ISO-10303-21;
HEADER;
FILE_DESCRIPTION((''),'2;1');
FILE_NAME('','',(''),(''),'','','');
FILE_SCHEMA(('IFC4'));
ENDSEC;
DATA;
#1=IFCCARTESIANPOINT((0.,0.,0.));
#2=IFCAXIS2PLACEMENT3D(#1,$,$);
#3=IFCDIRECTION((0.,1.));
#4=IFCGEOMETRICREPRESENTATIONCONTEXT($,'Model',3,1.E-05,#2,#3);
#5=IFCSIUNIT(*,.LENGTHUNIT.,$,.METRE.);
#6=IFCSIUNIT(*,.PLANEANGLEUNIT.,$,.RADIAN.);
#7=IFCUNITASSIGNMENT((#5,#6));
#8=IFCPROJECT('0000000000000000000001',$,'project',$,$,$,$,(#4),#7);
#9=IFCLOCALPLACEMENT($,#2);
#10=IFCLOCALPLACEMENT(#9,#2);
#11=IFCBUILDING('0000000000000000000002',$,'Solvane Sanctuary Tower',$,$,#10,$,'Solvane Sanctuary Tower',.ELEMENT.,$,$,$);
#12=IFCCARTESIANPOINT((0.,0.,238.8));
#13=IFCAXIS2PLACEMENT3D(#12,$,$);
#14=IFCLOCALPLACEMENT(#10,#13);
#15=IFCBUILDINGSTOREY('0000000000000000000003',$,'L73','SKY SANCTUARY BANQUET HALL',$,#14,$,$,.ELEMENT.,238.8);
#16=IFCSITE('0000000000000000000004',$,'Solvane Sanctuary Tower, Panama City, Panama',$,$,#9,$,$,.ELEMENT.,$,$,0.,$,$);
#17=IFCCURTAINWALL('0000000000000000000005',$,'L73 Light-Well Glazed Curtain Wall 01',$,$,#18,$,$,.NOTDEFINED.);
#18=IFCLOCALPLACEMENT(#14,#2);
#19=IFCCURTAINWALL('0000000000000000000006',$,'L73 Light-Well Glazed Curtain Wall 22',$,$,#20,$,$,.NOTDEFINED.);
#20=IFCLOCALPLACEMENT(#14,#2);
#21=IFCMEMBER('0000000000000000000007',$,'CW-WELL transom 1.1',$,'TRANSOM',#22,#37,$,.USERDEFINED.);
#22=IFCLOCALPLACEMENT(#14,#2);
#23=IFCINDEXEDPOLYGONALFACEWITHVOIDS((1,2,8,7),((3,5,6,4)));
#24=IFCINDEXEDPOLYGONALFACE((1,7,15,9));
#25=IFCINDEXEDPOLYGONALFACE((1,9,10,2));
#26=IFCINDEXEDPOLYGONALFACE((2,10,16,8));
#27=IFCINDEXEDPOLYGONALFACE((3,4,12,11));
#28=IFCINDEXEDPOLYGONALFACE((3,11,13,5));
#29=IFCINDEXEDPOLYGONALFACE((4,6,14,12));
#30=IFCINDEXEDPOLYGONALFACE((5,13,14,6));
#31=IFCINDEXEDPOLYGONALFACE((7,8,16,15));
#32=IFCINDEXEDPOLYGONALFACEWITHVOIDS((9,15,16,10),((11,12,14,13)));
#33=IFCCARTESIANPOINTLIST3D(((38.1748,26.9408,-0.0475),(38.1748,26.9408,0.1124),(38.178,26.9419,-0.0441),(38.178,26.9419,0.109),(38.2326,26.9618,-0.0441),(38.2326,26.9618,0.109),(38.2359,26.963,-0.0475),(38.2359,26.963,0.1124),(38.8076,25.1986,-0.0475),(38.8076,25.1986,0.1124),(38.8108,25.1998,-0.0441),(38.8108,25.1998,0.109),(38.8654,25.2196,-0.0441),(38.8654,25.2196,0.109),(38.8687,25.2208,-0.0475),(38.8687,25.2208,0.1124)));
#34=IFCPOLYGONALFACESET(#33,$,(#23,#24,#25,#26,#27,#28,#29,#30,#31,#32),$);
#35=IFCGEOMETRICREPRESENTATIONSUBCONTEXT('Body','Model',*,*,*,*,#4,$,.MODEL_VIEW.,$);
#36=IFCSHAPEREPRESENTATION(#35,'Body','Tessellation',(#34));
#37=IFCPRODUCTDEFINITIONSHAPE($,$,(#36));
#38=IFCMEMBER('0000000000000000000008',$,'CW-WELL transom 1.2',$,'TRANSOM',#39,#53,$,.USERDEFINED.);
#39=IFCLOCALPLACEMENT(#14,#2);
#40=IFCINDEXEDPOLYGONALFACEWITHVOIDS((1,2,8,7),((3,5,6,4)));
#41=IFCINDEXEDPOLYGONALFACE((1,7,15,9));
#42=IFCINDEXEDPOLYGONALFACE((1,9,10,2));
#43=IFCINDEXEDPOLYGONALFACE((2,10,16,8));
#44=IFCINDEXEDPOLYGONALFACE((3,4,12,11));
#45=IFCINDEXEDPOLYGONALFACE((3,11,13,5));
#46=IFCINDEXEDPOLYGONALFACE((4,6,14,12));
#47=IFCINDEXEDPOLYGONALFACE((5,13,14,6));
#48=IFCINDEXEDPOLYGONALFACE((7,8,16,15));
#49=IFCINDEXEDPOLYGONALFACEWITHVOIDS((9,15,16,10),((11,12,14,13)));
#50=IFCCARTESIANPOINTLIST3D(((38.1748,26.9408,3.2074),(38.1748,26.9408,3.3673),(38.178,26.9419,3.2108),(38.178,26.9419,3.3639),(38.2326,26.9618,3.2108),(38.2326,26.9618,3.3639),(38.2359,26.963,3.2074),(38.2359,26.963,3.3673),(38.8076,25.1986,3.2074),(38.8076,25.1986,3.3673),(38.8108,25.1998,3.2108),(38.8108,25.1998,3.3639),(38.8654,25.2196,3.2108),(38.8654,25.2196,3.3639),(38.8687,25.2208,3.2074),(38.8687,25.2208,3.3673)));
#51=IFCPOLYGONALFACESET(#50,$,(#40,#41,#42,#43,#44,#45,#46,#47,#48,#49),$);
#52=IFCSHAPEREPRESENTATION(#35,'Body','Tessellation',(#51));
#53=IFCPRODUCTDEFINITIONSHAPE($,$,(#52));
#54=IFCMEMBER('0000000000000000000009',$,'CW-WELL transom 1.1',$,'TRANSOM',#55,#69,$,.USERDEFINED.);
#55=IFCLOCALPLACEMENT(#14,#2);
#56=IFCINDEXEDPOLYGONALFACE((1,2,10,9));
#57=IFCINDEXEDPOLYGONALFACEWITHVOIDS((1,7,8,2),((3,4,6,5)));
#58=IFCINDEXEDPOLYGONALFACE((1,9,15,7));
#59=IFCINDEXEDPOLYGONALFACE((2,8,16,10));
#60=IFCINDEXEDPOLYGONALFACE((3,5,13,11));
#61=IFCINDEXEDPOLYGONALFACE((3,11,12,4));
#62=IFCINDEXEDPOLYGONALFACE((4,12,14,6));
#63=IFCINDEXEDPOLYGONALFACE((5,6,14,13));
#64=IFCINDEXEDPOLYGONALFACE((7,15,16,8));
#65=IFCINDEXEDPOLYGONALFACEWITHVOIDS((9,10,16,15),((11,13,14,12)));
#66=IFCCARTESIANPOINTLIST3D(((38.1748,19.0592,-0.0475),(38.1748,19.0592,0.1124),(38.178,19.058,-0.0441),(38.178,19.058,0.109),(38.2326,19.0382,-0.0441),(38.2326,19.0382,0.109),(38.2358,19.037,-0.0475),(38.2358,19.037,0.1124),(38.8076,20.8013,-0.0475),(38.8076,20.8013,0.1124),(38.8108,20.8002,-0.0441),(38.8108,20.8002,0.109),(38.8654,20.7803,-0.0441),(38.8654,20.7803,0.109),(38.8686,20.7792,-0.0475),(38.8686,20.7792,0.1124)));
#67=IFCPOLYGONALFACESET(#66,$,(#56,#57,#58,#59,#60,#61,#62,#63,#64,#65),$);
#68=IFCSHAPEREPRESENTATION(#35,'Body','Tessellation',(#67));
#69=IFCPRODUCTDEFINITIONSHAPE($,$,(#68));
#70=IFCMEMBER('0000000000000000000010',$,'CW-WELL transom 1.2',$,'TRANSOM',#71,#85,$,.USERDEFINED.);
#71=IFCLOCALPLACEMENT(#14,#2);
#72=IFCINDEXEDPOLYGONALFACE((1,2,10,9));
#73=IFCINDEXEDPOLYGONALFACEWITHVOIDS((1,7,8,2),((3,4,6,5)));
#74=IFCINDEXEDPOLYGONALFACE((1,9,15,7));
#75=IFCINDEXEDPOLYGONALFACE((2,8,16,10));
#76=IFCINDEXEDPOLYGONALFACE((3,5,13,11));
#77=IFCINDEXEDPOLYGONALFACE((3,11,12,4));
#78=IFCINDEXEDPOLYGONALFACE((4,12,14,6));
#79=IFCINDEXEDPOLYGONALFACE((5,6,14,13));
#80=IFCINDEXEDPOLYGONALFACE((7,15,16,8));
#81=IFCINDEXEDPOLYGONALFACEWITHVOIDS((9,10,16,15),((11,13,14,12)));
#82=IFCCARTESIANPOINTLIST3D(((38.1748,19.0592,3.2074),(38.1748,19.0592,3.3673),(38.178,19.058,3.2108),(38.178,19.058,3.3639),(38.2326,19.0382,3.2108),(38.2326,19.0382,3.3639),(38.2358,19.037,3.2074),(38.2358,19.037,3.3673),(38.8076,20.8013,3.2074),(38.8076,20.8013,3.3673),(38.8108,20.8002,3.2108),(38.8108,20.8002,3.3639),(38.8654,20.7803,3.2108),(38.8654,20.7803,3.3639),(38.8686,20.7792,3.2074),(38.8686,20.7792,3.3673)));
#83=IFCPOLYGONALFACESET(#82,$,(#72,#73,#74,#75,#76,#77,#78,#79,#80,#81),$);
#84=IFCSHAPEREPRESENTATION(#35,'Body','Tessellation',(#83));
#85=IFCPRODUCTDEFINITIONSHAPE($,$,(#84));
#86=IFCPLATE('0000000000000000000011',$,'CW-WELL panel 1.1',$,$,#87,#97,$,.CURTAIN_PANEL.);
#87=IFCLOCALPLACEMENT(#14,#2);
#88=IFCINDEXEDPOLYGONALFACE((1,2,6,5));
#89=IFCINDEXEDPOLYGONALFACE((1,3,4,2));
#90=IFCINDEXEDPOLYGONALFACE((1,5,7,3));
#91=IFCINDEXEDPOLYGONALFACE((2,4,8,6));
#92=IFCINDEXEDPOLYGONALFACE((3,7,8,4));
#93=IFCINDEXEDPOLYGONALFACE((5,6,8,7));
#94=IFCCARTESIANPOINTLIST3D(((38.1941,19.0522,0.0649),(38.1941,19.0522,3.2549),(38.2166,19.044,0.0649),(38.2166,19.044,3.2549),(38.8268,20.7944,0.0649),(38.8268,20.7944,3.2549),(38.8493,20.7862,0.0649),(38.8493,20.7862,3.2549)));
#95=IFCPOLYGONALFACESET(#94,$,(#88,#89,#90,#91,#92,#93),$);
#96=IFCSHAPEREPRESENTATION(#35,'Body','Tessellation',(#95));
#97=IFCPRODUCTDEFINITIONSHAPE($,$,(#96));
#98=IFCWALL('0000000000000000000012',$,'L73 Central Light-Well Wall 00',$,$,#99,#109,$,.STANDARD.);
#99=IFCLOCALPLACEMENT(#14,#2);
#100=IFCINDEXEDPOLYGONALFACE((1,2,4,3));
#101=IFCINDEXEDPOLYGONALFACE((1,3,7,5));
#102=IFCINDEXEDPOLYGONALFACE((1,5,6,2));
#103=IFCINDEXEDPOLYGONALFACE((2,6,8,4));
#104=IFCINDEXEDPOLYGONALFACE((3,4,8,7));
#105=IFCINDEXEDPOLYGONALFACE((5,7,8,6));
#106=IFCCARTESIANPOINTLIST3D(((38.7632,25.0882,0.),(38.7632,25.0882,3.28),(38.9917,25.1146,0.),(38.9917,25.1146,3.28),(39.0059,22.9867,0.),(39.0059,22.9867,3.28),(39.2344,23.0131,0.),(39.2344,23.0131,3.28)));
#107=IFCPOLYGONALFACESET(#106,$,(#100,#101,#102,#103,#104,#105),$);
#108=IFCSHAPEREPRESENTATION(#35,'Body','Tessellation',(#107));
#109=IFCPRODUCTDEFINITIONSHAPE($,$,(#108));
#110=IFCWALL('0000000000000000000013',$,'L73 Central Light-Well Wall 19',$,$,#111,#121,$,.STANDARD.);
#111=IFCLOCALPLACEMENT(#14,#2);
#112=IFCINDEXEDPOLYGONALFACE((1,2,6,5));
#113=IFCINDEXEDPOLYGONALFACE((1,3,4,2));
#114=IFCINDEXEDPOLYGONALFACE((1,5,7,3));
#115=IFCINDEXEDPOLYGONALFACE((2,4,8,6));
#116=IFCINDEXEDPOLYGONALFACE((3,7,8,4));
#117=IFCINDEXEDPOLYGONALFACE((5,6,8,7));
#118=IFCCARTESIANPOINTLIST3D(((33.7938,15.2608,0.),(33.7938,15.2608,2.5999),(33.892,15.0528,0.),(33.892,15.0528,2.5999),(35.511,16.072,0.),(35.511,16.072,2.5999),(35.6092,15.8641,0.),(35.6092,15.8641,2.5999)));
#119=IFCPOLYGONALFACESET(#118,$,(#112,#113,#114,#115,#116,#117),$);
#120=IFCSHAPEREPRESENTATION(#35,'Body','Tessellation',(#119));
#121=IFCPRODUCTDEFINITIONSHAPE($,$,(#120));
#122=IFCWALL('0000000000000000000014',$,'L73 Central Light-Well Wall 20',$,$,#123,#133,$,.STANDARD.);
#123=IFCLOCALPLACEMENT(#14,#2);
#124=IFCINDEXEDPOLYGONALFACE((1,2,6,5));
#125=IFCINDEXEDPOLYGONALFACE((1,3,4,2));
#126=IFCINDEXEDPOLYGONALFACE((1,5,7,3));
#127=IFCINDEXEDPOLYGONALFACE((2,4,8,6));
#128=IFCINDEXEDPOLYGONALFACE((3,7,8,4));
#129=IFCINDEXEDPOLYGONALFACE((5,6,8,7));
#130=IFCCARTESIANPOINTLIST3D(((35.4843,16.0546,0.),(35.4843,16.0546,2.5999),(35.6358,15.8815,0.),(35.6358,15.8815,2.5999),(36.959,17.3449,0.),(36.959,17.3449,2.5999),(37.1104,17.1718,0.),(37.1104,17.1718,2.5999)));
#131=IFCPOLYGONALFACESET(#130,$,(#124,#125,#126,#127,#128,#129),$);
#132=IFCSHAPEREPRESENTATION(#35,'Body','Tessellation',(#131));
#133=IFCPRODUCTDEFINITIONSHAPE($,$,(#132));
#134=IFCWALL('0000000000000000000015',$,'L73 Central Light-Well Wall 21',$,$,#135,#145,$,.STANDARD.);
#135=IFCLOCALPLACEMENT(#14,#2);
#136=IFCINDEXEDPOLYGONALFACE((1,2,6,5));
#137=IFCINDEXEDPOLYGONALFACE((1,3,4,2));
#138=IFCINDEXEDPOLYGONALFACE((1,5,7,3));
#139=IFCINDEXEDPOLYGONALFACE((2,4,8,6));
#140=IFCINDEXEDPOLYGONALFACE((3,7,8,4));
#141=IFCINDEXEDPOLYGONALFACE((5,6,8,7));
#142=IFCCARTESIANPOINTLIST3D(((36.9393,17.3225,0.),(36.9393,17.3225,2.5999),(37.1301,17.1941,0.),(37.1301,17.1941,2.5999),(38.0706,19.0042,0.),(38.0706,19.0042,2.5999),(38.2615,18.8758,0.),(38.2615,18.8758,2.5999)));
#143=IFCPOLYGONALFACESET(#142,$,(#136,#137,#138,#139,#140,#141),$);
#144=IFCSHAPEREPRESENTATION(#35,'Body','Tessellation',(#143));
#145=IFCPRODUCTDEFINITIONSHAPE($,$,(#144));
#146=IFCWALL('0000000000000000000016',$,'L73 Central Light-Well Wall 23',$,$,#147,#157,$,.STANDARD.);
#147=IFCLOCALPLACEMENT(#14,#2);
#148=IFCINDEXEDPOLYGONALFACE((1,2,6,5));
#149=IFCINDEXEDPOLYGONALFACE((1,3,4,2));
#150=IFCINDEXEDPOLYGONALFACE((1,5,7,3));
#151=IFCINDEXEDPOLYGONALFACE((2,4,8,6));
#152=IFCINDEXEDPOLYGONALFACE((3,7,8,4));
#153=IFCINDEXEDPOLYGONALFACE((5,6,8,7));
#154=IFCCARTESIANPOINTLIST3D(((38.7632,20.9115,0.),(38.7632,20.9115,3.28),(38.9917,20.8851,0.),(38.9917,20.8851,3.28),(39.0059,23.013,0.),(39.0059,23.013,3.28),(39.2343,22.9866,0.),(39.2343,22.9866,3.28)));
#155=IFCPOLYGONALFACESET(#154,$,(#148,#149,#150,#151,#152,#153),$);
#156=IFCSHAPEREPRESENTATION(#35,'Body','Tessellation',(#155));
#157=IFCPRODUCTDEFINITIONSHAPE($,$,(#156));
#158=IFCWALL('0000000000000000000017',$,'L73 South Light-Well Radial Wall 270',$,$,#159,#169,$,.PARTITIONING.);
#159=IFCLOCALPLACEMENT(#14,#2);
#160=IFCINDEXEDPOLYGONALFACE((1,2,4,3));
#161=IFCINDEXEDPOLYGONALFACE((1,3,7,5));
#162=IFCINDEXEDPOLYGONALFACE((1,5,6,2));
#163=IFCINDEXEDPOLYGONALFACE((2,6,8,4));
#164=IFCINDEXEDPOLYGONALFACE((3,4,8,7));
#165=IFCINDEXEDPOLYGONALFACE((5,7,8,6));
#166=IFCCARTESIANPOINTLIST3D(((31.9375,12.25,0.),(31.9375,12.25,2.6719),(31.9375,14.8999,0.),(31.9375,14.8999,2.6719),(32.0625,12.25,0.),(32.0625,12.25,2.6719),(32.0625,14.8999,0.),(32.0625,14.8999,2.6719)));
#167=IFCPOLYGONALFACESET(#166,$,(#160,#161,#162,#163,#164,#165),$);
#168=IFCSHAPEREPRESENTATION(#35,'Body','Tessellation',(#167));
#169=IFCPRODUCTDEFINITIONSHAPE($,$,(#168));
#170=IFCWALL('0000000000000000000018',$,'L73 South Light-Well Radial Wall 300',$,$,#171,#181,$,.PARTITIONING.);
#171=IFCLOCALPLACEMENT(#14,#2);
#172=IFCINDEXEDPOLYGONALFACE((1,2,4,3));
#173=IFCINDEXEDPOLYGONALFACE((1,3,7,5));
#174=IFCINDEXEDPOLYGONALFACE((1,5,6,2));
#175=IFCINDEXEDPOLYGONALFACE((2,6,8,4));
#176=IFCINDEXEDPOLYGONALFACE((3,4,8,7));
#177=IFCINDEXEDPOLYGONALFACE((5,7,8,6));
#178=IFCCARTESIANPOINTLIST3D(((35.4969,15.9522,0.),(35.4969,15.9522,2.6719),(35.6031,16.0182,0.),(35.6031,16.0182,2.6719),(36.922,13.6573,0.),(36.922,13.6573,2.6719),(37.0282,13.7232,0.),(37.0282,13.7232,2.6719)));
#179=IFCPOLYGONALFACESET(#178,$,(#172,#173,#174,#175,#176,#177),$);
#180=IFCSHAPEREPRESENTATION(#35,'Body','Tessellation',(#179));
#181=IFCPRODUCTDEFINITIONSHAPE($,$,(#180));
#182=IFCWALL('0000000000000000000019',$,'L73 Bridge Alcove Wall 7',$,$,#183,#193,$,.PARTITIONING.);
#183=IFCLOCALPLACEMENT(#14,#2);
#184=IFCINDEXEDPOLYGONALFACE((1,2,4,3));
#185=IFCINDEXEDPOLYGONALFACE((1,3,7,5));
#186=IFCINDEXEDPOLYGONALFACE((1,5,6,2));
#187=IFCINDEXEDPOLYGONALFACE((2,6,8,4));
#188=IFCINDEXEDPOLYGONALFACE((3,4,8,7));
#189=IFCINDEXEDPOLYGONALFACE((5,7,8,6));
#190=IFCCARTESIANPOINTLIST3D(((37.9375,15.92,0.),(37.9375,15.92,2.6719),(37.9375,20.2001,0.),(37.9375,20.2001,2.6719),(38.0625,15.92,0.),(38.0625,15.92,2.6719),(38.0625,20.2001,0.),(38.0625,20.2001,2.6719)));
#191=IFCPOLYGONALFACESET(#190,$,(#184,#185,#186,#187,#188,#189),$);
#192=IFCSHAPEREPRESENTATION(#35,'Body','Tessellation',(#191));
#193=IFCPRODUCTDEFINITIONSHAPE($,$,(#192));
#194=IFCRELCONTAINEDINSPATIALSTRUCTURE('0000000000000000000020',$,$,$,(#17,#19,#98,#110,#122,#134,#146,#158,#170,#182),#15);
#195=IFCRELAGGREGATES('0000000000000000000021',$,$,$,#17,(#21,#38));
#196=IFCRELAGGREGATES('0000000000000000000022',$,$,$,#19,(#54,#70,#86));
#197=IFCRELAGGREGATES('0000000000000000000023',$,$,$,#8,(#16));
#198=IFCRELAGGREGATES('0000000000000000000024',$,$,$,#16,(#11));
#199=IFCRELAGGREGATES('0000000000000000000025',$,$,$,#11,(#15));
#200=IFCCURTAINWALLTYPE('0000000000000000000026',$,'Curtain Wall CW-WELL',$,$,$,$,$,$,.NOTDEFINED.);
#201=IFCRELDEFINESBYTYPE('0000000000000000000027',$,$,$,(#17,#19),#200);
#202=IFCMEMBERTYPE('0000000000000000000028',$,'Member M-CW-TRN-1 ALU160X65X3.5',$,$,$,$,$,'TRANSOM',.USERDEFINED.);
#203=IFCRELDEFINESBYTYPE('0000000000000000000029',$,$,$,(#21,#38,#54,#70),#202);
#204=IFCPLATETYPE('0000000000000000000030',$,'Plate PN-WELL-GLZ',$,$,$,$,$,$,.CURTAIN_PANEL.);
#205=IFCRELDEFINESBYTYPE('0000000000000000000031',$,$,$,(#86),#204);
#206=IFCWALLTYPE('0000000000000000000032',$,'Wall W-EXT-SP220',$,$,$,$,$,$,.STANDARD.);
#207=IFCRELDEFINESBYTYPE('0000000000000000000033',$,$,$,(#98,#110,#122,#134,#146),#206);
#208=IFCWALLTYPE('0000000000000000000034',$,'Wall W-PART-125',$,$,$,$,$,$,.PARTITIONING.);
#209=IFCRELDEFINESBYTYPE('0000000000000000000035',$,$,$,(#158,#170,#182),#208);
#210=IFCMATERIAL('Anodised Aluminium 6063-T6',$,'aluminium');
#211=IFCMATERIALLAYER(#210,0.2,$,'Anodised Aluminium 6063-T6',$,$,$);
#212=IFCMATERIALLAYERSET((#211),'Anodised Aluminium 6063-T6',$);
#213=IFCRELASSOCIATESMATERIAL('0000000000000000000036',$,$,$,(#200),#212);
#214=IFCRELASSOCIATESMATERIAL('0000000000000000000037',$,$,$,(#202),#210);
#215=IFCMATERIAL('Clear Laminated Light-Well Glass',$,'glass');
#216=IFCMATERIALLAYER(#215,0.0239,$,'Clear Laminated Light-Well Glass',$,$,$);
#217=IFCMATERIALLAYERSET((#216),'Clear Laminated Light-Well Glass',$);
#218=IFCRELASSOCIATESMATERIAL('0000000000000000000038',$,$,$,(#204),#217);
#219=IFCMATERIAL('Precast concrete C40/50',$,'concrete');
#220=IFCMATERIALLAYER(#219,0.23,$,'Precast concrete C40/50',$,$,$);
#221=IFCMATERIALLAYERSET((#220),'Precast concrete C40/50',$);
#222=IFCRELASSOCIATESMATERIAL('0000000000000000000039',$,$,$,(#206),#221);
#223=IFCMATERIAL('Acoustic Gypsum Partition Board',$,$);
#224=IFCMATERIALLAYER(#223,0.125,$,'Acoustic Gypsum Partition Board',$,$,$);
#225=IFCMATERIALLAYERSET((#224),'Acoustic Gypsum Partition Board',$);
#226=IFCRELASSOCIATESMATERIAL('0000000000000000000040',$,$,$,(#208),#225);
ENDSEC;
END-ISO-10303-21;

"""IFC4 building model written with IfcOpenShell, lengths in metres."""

from ifc_helpers import new_model, si_unit, direction, frame, frame_2d, origin, origin_2d, place, context, subcontext, project, spatial, rectangle, hollow_rectangle, extrude, material, layer, layer_set, material_profile, profile_set, type_object, element, aggregate, save


model = new_model("IFC4")

# Units and contexts
model_context = context("Model", 3, precision=1e-05, world=origin(), true_north=direction((0.0, 1.0)))
body_context = subcontext(model_context, "Body", "Model", "MODEL_VIEW")
ifc_project = project(units=[si_unit("LENGTHUNIT", "METRE"), si_unit("PLANEANGLEUNIT", "RADIAN")], contexts=[model_context])

# Site, building, storey
site_placement = place(None, origin())
site = spatial("IfcSite", under=ifc_project, at=site_placement, Name="Solvane Sanctuary Tower, Panama City, Panama", CompositionType="ELEMENT", RefElevation=0.0)
building_placement = place(site_placement, origin())
building = spatial("IfcBuilding", under=site, at=building_placement, Name="Solvane Sanctuary Tower", LongName="Solvane Sanctuary Tower", CompositionType="ELEMENT")
storey_placement = place(building_placement, frame((0.0, 0.0, 238.8)))
storey = spatial("IfcBuildingStorey", under=building, at=storey_placement, Name="L73", Description="SKY SANCTUARY BANQUET HALL", CompositionType="ELEMENT", Elevation=238.8)

# Curtain wall
ifc_material_1 = material(Name="Anodised Aluminium 6063-T6", Category="aluminium")
ifc_layer_1 = layer(ifc_material_1, 0.2, Name="Anodised Aluminium 6063-T6")
ifc_layer_set_1 = layer_set([ifc_layer_1], Name="Anodised Aluminium 6063-T6")
curtain_wall_type = type_object("IfcCurtainWallType", Name="Curtain Wall CW-WELL", PredefinedType="NOTDEFINED", material=ifc_layer_set_1)
curtain_wall_1_placement = place(storey_placement, origin())
curtain_wall_1 = element("IfcCurtainWall", 1, at=curtain_wall_1_placement, inside=storey, type_object=curtain_wall_type, Name="L73 Light-Well Glazed Curtain Wall 01", PredefinedType="NOTDEFINED")

# Curtain wall
curtain_wall_2_placement = place(storey_placement, origin())
curtain_wall_2 = element("IfcCurtainWall", 2, at=curtain_wall_2_placement, inside=storey, type_object=curtain_wall_type, Name="L73 Light-Well Glazed Curtain Wall 22", PredefinedType="NOTDEFINED")

# Members
ifc_material_profile_1 = material_profile(ifc_material_1, hollow_rectangle(XDim=0.0649, YDim=0.1599, WallThickness=0.0034, at=origin_2d()), Name="ALU160X65X3.5")
ifc_profile_set_1 = profile_set([ifc_material_profile_1], Name="Anodised Aluminium 6063-T6")
member_type_1 = type_object("IfcMemberType", Name="Member M-CW-TRN-1 ALU160X65X3.5", ElementType="TRANSOM", PredefinedType="USERDEFINED", material=ifc_profile_set_1)
member_1_placement = place(storey_placement, frame((38.8381, 25.2097, 0.0325), z_axis=(-0.341405, 0.939916, 0.0), x_axis=(-0.939916, -0.341405, 0.0)))
member_1 = element("IfcMember", 3, at=member_1_placement, type_object=member_type_1, Name="CW-WELL transom 1.1", ObjectType="TRANSOM", PredefinedType="USERDEFINED", context=body_context, shape_type="SweptSolid", body=[
    extrude(hollow_rectangle(XDim=0.0649, YDim=0.1599, WallThickness=0.0034, at=origin_2d()), origin(), (0.0, 0.0, 1.0), 1.8535),
])
member_2_placement = place(storey_placement, frame((38.8381, 25.2097, 3.2874), z_axis=(-0.341405, 0.939916, 0.0), x_axis=(-0.939916, -0.341405, 0.0)))
member_2 = element("IfcMember", 4, at=member_2_placement, type_object=member_type_1, Name="CW-WELL transom 1.2", ObjectType="TRANSOM", PredefinedType="USERDEFINED", context=body_context, shape_type="SweptSolid", body=[
    extrude(hollow_rectangle(XDim=0.0649, YDim=0.1599, WallThickness=0.0034, at=origin_2d()), origin(), (0.0, 0.0, 1.0), 1.8535),
])
aggregate(curtain_wall_1, [member_1, member_2])
member_3_placement = place(storey_placement, frame((38.2053, 19.0481, 0.0325), z_axis=(0.341405, 0.939916, 0.0), x_axis=(-0.939916, 0.341405, 0.0)))
member_3 = element("IfcMember", 5, at=member_3_placement, type_object=member_type_1, Name="CW-WELL transom 1.1", ObjectType="TRANSOM", PredefinedType="USERDEFINED", context=body_context, shape_type="SweptSolid", body=[
    extrude(hollow_rectangle(XDim=0.0649, YDim=0.1599, WallThickness=0.0034, at=origin_2d()), origin(), (0.0, 0.0, 1.0), 1.8535),
])
member_4_placement = place(storey_placement, frame((38.2053, 19.0481, 3.2874), z_axis=(0.341405, 0.939916, 0.0), x_axis=(-0.939916, 0.341405, 0.0)))
member_4 = element("IfcMember", 6, at=member_4_placement, type_object=member_type_1, Name="CW-WELL transom 1.2", ObjectType="TRANSOM", PredefinedType="USERDEFINED", context=body_context, shape_type="SweptSolid", body=[
    extrude(hollow_rectangle(XDim=0.0649, YDim=0.1599, WallThickness=0.0034, at=origin_2d()), origin(), (0.0, 0.0, 1.0), 1.8535),
])

# Plate
ifc_material_2 = material(Name="Clear Laminated Light-Well Glass", Category="glass")
ifc_layer_2 = layer(ifc_material_2, 0.0239, Name="Clear Laminated Light-Well Glass")
ifc_layer_set_2 = layer_set([ifc_layer_2], Name="Clear Laminated Light-Well Glass")
plate_type = type_object("IfcPlateType", Name="Plate PN-WELL-GLZ", PredefinedType="CURTAIN_PANEL", material=ifc_layer_set_2)
plate_placement = place(storey_placement, frame((38.5217, 19.9192, 0.0649), z_axis=(0.0, 0.0, 1.0), x_axis=(0.341358, 0.939933, 0.0)))
plate = element("IfcPlate", 7, at=plate_placement, type_object=plate_type, Name="CW-WELL panel 1.1", PredefinedType="CURTAIN_PANEL", context=body_context, shape_type="SweptSolid", body=[
    extrude(rectangle(XDim=1.8535, YDim=0.0239, at=origin_2d()), origin(), (0.0, 0.0, 1.0), 3.1899),
])
aggregate(curtain_wall_2, [member_3, member_4, plate])

# Walls
ifc_material_3 = material(Name="Precast concrete C40/50", Category="concrete")
ifc_layer_3 = layer(ifc_material_3, 0.23, Name="Precast concrete C40/50")
ifc_layer_set_3 = layer_set([ifc_layer_3], Name="Precast concrete C40/50")
wall_type_1 = type_object("IfcWallType", Name="Wall W-EXT-SP220", PredefinedType="STANDARD", material=ifc_layer_set_3)
wall_1_placement = place(storey_placement, frame((39.1201, 23.0, 0.0), z_axis=(0.0, 0.0, 1.0), x_axis=(-0.114712, 0.993399, 0.0)))
element("IfcWall", 8, at=wall_1_placement, inside=storey, type_object=wall_type_1, Name="L73 Central Light-Well Wall 00", PredefinedType="STANDARD", context=body_context, shape_type="SweptSolid", body=[
    extrude(rectangle(XDim=2.1155, YDim=0.23, at=frame_2d((1.0576, 0.0))), origin(), (0.0, 0.0, 1.0), 3.28),
])
wall_2_placement = place(storey_placement, frame((33.8428, 15.1567, 0.0), z_axis=(0.0, 0.0, 1.0), x_axis=(0.90418, 0.427152, 0.0)))
element("IfcWall", 9, at=wall_2_placement, inside=storey, type_object=wall_type_1, Name="L73 Central Light-Well Wall 19", PredefinedType="STANDARD", context=body_context, shape_type="SweptSolid", body=[
    extrude(rectangle(XDim=1.8992, YDim=0.23, at=frame_2d((0.9497, 0.0))), origin(), (0.0, 0.0, 1.0), 2.5999),
])
wall_3_placement = place(storey_placement, frame((35.5601, 15.968, 0.0), z_axis=(0.0, 0.0, 1.0), x_axis=(0.752577, 0.658505, 0.0)))
element("IfcWall", 10, at=wall_3_placement, inside=storey, type_object=wall_type_1, Name="L73 Central Light-Well Wall 20", PredefinedType="STANDARD", context=body_context, shape_type="SweptSolid", body=[
    extrude(rectangle(XDim=1.9595, YDim=0.23, at=frame_2d((0.9797, 0.0))), origin(), (0.0, 0.0, 1.0), 2.5999),
])
wall_4_placement = place(storey_placement, frame((37.0347, 17.2583, 0.0), z_axis=(0.0, 0.0, 1.0), x_axis=(0.558198, 0.829708, 0.0)))
element("IfcWall", 11, at=wall_4_placement, inside=storey, type_object=wall_type_1, Name="L73 Central Light-Well Wall 21", PredefinedType="STANDARD", context=body_context, shape_type="SweptSolid", body=[
    extrude(rectangle(XDim=2.0269, YDim=0.23, at=frame_2d((1.0134, 0.0))), origin(), (0.0, 0.0, 1.0), 2.5999),
])
wall_5_placement = place(storey_placement, frame((38.8774, 20.8984, 0.0), z_axis=(0.0, 0.0, 1.0), x_axis=(0.114712, 0.993399, 0.0)))
element("IfcWall", 12, at=wall_5_placement, inside=storey, type_object=wall_type_1, Name="L73 Central Light-Well Wall 23", PredefinedType="STANDARD", context=body_context, shape_type="SweptSolid", body=[
    extrude(rectangle(XDim=2.1155, YDim=0.23, at=frame_2d((1.0576, 0.0))), origin(), (0.0, 0.0, 1.0), 3.28),
])
ifc_material_4 = material(Name="Acoustic Gypsum Partition Board")
ifc_layer_4 = layer(ifc_material_4, 0.125, Name="Acoustic Gypsum Partition Board")
ifc_layer_set_4 = layer_set([ifc_layer_4], Name="Acoustic Gypsum Partition Board")
wall_type_2 = type_object("IfcWallType", Name="Wall W-PART-125", PredefinedType="PARTITIONING", material=ifc_layer_set_4)
wall_6_placement = place(storey_placement, frame((32.0, 14.8999, 0.0), z_axis=(0.0, 0.0, 1.0), x_axis=(0.0, -1.0, 0.0)))
element("IfcWall", 13, at=wall_6_placement, inside=storey, type_object=wall_type_2, Name="L73 South Light-Well Radial Wall 270", PredefinedType="PARTITIONING", context=body_context, shape_type="SweptSolid", body=[
    extrude(rectangle(XDim=2.6499, YDim=0.125, at=frame_2d((1.325, 0.0))), origin(), (0.0, 0.0, 1.0), 2.6719),
])
wall_7_placement = place(storey_placement, frame((35.55, 15.9851, 0.0), z_axis=(0.0, 0.0, 1.0), x_axis=(0.527527, -0.849538, 0.0)))
element("IfcWall", 14, at=wall_7_placement, inside=storey, type_object=wall_type_2, Name="L73 South Light-Well Radial Wall 300", PredefinedType="PARTITIONING", context=body_context, shape_type="SweptSolid", body=[
    extrude(rectangle(XDim=2.7014, YDim=0.125, at=frame_2d((1.3506, 0.0))), origin(), (0.0, 0.0, 1.0), 2.6719),
])
wall_8_placement = place(storey_placement, frame((38.0, 15.9199, 0.0), z_axis=(0.0, 0.0, 1.0), x_axis=(0.0, 1.0, 0.0)))
element("IfcWall", 15, at=wall_8_placement, inside=storey, type_object=wall_type_2, Name="L73 Bridge Alcove Wall 7", PredefinedType="PARTITIONING", context=body_context, shape_type="SweptSolid", body=[
    extrude(rectangle(XDim=4.28, YDim=0.125, at=frame_2d((2.1401, 0.0))), origin(), (0.0, 0.0, 1.0), 2.6719),
])

save(model, "model.ifc")
